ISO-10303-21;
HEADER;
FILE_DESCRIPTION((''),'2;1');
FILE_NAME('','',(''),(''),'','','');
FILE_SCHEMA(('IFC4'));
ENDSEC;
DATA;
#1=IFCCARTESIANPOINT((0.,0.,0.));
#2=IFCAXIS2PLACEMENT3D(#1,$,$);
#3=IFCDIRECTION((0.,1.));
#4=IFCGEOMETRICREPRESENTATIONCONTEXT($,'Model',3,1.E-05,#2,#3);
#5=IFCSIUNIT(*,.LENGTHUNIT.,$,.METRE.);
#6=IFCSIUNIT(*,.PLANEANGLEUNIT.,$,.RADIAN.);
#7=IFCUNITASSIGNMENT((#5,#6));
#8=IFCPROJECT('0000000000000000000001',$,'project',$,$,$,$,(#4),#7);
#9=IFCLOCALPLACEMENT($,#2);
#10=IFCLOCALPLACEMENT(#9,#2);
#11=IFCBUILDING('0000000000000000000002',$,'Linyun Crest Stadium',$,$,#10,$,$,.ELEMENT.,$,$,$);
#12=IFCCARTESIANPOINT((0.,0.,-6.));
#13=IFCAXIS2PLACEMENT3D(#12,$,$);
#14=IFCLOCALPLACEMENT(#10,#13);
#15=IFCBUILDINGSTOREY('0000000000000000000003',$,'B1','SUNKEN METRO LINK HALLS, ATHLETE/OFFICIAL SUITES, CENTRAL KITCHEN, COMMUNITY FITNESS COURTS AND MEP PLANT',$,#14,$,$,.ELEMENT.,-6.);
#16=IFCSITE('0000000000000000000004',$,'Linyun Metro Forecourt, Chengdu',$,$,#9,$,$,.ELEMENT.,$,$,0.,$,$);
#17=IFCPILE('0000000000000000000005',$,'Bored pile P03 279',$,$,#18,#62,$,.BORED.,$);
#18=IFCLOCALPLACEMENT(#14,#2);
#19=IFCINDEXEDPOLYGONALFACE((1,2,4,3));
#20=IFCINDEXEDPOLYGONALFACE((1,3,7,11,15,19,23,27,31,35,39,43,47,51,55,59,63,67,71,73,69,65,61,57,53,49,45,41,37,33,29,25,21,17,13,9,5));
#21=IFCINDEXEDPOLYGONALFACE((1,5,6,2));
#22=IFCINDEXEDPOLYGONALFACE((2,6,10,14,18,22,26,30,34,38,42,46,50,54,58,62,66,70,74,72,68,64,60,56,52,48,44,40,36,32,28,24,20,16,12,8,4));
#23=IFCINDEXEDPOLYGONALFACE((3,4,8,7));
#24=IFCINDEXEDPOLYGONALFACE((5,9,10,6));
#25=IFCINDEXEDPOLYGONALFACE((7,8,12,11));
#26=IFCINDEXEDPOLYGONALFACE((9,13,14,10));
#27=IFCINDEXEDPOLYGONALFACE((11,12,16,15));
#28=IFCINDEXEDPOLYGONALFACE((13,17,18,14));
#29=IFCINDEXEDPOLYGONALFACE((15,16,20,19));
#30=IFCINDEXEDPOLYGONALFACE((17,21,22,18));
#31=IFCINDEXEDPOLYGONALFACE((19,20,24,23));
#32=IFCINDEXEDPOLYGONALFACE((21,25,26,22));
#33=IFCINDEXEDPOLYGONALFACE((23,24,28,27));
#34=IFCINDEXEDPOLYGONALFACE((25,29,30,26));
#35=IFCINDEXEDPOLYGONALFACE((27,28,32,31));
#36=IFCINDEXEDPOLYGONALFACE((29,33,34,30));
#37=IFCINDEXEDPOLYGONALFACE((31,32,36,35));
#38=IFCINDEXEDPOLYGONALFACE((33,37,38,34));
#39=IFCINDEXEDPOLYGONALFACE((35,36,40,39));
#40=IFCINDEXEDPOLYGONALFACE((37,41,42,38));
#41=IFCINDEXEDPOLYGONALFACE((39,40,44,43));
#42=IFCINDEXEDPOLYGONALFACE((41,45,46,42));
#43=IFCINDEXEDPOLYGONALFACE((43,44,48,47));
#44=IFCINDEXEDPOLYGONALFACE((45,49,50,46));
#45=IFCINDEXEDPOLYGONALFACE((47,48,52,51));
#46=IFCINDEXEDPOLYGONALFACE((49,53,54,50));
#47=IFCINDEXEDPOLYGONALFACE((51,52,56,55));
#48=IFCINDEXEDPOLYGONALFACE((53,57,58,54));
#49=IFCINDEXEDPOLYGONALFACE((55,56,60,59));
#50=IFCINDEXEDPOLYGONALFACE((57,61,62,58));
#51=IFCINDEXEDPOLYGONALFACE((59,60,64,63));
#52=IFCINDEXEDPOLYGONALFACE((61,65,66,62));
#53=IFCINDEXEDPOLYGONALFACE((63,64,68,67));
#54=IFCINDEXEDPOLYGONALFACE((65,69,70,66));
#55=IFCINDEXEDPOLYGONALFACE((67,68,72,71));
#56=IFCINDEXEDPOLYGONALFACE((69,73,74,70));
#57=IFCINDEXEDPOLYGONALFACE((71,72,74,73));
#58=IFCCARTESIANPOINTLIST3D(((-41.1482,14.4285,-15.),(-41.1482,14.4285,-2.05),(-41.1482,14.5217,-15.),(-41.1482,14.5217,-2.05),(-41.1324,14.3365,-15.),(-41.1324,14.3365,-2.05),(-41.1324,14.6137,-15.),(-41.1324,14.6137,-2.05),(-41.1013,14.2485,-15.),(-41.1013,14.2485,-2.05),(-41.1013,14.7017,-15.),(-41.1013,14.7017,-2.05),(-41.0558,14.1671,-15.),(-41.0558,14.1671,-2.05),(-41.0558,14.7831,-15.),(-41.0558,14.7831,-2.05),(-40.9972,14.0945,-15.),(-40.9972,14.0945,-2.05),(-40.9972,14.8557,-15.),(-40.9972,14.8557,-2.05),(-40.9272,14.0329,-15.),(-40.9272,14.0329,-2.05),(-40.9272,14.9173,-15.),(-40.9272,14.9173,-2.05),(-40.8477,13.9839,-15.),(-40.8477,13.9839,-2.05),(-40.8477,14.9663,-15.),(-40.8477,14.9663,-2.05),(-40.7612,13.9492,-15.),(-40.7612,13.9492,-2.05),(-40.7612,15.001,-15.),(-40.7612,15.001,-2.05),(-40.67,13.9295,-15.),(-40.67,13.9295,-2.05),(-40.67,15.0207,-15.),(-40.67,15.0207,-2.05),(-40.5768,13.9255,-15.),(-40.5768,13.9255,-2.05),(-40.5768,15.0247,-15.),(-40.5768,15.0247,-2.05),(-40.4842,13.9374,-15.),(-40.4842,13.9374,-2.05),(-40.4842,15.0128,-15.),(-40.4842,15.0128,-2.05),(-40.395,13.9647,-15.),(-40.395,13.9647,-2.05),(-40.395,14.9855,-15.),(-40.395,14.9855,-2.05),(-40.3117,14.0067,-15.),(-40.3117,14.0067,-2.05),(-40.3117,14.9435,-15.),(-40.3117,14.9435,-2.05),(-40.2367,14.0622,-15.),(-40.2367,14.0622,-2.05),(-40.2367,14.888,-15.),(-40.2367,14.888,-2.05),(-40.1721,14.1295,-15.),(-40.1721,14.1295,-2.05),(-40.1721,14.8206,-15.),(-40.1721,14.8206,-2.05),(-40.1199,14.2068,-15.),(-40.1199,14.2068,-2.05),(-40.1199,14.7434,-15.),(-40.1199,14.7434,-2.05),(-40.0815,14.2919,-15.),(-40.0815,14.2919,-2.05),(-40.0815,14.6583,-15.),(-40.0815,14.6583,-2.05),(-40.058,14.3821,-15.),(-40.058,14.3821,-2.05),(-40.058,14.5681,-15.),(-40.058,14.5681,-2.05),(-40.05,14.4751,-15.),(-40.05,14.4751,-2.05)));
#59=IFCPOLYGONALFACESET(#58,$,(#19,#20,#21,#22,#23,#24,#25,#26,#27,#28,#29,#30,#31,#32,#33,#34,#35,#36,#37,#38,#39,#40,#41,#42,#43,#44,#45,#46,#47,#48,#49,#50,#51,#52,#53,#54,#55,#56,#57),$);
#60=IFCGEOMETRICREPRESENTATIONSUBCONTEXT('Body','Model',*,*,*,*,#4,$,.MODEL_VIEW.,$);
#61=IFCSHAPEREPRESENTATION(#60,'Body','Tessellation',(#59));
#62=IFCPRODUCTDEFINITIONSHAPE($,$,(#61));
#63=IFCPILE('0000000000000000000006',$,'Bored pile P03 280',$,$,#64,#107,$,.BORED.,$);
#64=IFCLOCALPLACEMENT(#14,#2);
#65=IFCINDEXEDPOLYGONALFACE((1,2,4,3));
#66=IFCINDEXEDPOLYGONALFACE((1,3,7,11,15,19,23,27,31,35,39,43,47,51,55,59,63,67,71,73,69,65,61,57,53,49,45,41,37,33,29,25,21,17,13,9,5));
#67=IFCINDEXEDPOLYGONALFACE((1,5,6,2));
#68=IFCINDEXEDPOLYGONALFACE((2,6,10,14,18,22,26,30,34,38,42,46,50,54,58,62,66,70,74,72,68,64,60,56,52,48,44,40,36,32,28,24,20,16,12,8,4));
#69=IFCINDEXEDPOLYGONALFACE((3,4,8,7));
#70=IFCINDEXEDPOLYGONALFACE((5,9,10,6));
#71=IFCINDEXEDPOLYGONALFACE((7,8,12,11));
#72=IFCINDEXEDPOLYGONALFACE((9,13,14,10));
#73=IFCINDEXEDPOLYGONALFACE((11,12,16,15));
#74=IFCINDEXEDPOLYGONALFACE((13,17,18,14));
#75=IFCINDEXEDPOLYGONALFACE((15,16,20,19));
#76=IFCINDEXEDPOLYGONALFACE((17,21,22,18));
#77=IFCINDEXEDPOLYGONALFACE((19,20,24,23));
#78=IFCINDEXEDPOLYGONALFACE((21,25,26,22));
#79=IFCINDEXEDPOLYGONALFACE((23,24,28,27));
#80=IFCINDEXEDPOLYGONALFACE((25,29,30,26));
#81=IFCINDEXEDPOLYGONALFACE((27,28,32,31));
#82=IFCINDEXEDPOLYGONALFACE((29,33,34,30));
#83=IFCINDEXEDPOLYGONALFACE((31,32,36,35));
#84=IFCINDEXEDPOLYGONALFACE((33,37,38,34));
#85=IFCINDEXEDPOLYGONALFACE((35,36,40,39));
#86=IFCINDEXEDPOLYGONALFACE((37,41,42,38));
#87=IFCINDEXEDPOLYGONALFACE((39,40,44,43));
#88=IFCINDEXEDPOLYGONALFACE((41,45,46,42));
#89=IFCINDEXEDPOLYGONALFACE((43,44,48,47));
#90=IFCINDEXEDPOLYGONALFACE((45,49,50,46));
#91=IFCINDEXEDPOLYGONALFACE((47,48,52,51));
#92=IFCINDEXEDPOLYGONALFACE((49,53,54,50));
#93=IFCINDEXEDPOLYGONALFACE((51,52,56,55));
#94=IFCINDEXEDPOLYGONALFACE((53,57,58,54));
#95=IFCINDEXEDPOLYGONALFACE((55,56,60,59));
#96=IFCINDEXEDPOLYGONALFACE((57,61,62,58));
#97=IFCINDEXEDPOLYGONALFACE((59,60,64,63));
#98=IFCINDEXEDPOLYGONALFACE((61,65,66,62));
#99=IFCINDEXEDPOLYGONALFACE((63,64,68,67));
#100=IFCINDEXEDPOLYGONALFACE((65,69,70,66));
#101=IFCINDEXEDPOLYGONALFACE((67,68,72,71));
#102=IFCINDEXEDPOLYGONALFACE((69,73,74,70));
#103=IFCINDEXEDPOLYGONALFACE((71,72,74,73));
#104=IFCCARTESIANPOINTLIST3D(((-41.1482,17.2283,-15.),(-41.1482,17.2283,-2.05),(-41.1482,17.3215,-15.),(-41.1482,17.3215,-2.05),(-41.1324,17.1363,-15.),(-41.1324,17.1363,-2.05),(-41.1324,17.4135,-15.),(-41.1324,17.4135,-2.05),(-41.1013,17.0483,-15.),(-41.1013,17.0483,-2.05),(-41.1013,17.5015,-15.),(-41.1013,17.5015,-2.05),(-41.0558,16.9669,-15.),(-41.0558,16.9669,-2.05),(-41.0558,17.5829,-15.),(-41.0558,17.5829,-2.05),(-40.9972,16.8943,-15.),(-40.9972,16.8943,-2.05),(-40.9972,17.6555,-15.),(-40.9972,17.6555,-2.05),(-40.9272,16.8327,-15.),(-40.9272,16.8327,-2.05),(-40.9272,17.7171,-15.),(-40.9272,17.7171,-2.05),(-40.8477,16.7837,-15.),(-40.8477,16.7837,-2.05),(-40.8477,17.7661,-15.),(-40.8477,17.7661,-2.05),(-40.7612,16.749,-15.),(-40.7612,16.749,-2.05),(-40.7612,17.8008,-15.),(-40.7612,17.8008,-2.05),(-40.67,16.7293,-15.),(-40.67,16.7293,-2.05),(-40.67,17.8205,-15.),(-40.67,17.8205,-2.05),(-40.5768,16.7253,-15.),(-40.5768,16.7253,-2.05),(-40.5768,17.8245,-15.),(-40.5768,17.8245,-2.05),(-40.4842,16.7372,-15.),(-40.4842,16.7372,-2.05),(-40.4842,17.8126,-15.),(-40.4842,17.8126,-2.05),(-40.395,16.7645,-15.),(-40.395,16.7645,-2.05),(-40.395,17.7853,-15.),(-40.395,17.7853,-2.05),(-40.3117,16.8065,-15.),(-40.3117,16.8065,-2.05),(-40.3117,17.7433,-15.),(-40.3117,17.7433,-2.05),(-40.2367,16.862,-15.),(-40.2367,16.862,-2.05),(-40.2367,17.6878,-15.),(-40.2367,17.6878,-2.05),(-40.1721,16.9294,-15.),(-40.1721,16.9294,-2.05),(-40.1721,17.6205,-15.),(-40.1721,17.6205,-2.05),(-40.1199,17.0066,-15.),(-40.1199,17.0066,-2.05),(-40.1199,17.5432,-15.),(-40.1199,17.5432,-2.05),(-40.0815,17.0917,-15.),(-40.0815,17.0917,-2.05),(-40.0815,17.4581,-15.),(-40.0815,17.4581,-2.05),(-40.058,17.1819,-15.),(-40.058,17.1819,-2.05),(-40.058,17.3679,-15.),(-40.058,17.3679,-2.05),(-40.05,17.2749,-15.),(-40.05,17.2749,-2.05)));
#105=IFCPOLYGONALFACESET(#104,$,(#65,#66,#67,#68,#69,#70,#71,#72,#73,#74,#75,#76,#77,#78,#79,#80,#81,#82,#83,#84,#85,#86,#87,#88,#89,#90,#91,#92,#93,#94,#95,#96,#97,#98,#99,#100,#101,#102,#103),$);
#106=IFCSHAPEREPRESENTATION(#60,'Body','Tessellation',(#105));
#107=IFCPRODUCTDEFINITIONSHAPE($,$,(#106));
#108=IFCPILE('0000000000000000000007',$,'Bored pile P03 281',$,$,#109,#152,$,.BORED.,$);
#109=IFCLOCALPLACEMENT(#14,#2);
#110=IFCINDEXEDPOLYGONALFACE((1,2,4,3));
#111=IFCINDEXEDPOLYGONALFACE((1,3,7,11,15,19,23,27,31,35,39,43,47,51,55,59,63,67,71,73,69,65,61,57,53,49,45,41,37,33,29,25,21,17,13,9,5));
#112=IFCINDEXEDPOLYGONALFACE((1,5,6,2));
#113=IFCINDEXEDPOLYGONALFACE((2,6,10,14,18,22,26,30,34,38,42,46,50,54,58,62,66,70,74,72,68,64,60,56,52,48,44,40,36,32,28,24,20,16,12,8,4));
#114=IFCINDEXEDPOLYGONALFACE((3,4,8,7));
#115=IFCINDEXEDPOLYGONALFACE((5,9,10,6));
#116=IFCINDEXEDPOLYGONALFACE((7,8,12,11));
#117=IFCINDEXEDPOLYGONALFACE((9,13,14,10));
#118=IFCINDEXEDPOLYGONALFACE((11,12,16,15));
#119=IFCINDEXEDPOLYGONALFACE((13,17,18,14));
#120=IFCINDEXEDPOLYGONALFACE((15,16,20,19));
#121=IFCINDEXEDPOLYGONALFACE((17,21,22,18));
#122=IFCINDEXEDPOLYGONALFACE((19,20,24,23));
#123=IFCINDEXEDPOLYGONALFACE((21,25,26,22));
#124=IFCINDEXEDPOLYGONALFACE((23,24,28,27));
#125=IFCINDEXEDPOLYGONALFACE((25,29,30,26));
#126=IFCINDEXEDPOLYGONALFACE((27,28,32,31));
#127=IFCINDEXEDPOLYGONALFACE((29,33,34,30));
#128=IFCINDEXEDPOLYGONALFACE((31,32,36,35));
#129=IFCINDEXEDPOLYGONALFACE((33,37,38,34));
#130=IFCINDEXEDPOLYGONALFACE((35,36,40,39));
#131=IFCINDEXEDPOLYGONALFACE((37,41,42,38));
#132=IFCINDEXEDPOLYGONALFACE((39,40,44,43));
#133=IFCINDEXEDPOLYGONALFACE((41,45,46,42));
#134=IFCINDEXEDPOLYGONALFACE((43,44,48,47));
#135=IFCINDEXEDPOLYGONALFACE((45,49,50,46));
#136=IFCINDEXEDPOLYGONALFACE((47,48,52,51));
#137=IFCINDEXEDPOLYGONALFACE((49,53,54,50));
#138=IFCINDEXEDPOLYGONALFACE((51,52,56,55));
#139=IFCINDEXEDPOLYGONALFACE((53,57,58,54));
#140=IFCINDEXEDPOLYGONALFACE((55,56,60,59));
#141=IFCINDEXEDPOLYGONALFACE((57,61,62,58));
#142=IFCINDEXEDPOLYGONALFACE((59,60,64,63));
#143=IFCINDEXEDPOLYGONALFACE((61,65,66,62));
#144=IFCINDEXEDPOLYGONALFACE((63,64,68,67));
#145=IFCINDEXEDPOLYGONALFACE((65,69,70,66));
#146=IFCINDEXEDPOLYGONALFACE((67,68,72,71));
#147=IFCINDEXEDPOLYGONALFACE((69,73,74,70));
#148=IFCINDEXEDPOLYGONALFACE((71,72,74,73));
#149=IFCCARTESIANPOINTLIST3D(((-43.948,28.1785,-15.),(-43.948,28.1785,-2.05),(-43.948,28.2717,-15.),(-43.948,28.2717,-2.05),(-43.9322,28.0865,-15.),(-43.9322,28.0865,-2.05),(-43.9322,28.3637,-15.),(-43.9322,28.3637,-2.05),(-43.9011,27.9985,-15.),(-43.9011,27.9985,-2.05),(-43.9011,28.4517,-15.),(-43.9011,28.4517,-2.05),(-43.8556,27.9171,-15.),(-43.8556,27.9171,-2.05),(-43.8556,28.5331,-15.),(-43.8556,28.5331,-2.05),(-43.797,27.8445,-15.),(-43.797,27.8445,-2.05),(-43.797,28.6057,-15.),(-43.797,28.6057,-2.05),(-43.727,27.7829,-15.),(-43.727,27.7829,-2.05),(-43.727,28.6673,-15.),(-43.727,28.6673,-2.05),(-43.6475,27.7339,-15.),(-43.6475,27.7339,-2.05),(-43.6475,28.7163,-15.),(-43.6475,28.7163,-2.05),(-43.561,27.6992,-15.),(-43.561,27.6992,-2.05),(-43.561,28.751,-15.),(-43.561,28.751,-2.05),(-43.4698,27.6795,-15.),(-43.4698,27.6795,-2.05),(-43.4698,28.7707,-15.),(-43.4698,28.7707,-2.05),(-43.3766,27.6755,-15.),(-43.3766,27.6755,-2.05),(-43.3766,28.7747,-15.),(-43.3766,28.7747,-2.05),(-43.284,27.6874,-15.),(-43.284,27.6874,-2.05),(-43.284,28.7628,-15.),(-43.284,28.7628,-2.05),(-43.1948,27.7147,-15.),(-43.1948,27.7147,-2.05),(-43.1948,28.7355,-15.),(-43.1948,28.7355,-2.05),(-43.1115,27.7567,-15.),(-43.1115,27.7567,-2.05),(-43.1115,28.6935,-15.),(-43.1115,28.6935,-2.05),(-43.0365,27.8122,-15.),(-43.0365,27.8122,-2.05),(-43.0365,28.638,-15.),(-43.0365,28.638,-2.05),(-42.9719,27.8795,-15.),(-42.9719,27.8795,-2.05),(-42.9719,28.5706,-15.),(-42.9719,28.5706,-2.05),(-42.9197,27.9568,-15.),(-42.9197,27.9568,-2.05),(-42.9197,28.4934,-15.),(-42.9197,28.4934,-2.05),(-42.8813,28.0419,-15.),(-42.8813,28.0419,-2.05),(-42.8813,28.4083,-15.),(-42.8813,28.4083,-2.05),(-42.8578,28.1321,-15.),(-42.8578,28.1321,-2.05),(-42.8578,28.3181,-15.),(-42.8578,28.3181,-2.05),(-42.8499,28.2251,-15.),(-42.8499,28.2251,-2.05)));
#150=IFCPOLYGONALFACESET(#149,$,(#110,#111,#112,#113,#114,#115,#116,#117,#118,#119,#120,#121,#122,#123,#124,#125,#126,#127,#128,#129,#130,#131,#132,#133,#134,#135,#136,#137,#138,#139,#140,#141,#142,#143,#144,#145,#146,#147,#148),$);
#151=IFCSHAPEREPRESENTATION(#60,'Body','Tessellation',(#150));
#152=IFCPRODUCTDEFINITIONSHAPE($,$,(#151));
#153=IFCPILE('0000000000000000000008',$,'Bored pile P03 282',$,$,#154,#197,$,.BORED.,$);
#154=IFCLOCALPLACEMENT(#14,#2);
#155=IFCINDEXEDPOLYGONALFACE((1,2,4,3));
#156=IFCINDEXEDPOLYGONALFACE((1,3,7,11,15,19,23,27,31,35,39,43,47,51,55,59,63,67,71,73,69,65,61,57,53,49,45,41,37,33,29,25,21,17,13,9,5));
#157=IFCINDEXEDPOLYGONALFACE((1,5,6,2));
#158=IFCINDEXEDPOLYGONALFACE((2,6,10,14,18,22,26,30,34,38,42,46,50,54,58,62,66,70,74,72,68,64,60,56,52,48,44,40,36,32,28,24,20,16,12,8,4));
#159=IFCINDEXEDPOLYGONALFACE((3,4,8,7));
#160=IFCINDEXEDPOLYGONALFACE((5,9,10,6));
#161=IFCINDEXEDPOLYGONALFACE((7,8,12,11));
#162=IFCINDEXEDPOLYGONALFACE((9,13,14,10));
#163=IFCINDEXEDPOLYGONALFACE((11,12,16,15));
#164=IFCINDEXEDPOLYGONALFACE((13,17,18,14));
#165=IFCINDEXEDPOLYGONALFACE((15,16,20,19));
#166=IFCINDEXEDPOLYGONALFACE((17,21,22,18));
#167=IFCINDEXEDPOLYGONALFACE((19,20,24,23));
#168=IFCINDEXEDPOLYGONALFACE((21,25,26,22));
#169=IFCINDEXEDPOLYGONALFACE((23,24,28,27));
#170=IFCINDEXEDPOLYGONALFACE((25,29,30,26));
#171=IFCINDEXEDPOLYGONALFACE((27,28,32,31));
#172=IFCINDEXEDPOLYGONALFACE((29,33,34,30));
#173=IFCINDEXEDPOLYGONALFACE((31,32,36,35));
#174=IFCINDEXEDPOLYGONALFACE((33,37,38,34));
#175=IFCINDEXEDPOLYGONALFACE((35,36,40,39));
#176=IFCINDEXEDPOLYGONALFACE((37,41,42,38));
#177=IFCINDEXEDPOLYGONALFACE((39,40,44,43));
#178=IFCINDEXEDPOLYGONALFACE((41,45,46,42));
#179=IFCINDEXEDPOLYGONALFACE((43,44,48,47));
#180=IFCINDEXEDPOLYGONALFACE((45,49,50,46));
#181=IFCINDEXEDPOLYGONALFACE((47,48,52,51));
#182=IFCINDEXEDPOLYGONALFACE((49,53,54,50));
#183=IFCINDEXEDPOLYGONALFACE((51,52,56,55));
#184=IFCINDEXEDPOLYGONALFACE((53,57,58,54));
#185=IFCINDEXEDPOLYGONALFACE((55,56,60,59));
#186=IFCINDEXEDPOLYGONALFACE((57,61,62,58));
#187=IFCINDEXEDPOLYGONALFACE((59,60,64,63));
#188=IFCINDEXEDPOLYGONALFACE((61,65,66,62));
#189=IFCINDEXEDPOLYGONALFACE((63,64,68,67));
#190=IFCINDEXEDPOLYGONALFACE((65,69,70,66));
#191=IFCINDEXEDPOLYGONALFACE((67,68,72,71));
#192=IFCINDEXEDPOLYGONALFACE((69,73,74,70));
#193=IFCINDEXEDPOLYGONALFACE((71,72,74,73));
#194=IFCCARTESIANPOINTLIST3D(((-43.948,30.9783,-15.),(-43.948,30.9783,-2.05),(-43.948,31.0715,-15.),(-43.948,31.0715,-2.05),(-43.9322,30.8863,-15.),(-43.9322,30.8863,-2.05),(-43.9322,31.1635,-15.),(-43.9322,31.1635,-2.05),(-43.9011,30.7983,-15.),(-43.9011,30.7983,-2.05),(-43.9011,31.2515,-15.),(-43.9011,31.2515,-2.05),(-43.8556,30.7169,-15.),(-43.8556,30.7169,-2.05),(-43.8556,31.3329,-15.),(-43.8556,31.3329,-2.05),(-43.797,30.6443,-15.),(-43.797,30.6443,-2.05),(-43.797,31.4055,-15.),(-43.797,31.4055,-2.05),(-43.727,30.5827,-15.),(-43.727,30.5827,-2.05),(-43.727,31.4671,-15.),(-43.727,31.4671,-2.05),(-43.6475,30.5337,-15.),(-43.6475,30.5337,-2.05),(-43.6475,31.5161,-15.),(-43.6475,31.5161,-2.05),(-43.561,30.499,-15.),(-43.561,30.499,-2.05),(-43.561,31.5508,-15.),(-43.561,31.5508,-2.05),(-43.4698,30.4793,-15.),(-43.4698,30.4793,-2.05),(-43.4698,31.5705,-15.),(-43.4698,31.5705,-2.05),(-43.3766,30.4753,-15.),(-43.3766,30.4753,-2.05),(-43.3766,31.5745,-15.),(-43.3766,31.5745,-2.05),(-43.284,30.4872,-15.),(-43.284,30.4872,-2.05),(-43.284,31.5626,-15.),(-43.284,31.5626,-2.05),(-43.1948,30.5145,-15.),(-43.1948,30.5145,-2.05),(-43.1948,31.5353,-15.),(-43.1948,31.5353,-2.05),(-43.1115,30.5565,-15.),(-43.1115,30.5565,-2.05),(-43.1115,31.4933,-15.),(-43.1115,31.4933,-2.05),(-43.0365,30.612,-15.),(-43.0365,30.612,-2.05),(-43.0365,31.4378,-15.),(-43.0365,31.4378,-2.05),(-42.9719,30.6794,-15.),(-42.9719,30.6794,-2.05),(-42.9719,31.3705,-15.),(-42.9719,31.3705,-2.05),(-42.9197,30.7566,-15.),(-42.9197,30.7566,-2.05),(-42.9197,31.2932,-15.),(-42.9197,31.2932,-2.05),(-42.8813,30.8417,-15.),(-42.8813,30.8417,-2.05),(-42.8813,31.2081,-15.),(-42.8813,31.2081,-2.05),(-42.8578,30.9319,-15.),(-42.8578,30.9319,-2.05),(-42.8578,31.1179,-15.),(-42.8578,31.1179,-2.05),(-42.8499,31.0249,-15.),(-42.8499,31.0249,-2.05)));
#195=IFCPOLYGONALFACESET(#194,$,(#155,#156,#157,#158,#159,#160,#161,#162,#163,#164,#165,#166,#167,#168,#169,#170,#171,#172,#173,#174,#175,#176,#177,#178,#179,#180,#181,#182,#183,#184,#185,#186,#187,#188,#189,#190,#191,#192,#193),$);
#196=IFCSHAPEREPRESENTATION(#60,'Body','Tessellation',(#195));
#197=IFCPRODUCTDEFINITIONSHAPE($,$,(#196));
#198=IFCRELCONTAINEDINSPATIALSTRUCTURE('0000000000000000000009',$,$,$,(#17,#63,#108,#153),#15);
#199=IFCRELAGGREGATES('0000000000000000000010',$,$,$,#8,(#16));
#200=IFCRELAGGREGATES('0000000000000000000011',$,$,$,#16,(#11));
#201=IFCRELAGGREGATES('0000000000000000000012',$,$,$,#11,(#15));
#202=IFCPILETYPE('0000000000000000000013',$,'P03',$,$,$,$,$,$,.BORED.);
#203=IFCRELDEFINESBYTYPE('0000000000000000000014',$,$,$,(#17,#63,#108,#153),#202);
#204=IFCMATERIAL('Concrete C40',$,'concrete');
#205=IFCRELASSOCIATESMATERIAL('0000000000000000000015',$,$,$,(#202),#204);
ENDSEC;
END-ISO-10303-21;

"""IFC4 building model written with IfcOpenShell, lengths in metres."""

from ifc_helpers import new_model, si_unit, direction, frame, origin, origin_2d, place, context, subcontext, project, spatial, circle, extrude, material, material_profile, profile_set, type_object, element, save


model = new_model("IFC4")

# Units and contexts
model_context = context("Model", 3, precision=1e-05, world=origin(), true_north=direction((0.0, 1.0)))
body_context = subcontext(model_context, "Body", "Model", "MODEL_VIEW")
ifc_project = project(units=[si_unit("LENGTHUNIT", "METRE"), si_unit("PLANEANGLEUNIT", "RADIAN")], contexts=[model_context])

# Site, building, storey
site_placement = place(None, origin())
site = spatial("IfcSite", under=ifc_project, at=site_placement, Name="Linyun Metro Forecourt, Chengdu", CompositionType="ELEMENT", RefElevation=0.0)
building_placement = place(site_placement, origin())
building = spatial("IfcBuilding", under=site, at=building_placement, Name="Linyun Crest Stadium", CompositionType="ELEMENT")
storey_placement = place(building_placement, frame((0.0, 0.0, -6.0)))
storey = spatial("IfcBuildingStorey", under=building, at=storey_placement, Name="B1", Description="SUNKEN METRO LINK HALLS, ATHLETE/OFFICIAL SUITES, CENTRAL KITCHEN, COMMUNITY FITNESS COURTS AND MEP PLANT", CompositionType="ELEMENT", Elevation=-6.0)

# Piles
ifc_material_1 = material(Name="Concrete C40", Category="concrete")
ifc_material_profile_1 = material_profile(ifc_material_1, circle(Radius=0.55, at=origin_2d()), Name="BORED PILE 1100")
ifc_profile_set_1 = profile_set([ifc_material_profile_1], Name="Concrete C40")
pile_type_1 = type_object("IfcPileType", Name="P03", PredefinedType="BORED", material=ifc_profile_set_1)
for number, where, z_axis, x_axis, name in (
    (1, (-40.6001, 14.4751, -2.05), (0.0, 0.0, -1.0), (1.0, 0.0, 0.0), "Bored pile P03 279"),
    (2, (-40.6001, 17.2749, -2.05), (0.0, 0.0, -1.0), (1.0, 0.0, 0.0), "Bored pile P03 280"),
    (3, (-43.3999, 28.2251, -2.05), (0.0, 0.0, -1.0), (1.0, 0.0, 0.0), "Bored pile P03 281"),
    (4, (-43.3999, 31.0249, -2.05), (0.0, 0.0, -1.0), (1.0, 0.0, 0.0), "Bored pile P03 282"),
):
    element("IfcPile", number, at=place(storey_placement, frame(where, z_axis=z_axis, x_axis=x_axis)), inside=storey, type_object=pile_type_1, Name=name, PredefinedType="BORED", context=body_context, shape_type="SweptSolid", body=[
        extrude(circle(Radius=0.55, at=origin_2d()), origin(), (0.0, 0.0, 1.0), 12.95),
    ])

save(model, "model.ifc")
